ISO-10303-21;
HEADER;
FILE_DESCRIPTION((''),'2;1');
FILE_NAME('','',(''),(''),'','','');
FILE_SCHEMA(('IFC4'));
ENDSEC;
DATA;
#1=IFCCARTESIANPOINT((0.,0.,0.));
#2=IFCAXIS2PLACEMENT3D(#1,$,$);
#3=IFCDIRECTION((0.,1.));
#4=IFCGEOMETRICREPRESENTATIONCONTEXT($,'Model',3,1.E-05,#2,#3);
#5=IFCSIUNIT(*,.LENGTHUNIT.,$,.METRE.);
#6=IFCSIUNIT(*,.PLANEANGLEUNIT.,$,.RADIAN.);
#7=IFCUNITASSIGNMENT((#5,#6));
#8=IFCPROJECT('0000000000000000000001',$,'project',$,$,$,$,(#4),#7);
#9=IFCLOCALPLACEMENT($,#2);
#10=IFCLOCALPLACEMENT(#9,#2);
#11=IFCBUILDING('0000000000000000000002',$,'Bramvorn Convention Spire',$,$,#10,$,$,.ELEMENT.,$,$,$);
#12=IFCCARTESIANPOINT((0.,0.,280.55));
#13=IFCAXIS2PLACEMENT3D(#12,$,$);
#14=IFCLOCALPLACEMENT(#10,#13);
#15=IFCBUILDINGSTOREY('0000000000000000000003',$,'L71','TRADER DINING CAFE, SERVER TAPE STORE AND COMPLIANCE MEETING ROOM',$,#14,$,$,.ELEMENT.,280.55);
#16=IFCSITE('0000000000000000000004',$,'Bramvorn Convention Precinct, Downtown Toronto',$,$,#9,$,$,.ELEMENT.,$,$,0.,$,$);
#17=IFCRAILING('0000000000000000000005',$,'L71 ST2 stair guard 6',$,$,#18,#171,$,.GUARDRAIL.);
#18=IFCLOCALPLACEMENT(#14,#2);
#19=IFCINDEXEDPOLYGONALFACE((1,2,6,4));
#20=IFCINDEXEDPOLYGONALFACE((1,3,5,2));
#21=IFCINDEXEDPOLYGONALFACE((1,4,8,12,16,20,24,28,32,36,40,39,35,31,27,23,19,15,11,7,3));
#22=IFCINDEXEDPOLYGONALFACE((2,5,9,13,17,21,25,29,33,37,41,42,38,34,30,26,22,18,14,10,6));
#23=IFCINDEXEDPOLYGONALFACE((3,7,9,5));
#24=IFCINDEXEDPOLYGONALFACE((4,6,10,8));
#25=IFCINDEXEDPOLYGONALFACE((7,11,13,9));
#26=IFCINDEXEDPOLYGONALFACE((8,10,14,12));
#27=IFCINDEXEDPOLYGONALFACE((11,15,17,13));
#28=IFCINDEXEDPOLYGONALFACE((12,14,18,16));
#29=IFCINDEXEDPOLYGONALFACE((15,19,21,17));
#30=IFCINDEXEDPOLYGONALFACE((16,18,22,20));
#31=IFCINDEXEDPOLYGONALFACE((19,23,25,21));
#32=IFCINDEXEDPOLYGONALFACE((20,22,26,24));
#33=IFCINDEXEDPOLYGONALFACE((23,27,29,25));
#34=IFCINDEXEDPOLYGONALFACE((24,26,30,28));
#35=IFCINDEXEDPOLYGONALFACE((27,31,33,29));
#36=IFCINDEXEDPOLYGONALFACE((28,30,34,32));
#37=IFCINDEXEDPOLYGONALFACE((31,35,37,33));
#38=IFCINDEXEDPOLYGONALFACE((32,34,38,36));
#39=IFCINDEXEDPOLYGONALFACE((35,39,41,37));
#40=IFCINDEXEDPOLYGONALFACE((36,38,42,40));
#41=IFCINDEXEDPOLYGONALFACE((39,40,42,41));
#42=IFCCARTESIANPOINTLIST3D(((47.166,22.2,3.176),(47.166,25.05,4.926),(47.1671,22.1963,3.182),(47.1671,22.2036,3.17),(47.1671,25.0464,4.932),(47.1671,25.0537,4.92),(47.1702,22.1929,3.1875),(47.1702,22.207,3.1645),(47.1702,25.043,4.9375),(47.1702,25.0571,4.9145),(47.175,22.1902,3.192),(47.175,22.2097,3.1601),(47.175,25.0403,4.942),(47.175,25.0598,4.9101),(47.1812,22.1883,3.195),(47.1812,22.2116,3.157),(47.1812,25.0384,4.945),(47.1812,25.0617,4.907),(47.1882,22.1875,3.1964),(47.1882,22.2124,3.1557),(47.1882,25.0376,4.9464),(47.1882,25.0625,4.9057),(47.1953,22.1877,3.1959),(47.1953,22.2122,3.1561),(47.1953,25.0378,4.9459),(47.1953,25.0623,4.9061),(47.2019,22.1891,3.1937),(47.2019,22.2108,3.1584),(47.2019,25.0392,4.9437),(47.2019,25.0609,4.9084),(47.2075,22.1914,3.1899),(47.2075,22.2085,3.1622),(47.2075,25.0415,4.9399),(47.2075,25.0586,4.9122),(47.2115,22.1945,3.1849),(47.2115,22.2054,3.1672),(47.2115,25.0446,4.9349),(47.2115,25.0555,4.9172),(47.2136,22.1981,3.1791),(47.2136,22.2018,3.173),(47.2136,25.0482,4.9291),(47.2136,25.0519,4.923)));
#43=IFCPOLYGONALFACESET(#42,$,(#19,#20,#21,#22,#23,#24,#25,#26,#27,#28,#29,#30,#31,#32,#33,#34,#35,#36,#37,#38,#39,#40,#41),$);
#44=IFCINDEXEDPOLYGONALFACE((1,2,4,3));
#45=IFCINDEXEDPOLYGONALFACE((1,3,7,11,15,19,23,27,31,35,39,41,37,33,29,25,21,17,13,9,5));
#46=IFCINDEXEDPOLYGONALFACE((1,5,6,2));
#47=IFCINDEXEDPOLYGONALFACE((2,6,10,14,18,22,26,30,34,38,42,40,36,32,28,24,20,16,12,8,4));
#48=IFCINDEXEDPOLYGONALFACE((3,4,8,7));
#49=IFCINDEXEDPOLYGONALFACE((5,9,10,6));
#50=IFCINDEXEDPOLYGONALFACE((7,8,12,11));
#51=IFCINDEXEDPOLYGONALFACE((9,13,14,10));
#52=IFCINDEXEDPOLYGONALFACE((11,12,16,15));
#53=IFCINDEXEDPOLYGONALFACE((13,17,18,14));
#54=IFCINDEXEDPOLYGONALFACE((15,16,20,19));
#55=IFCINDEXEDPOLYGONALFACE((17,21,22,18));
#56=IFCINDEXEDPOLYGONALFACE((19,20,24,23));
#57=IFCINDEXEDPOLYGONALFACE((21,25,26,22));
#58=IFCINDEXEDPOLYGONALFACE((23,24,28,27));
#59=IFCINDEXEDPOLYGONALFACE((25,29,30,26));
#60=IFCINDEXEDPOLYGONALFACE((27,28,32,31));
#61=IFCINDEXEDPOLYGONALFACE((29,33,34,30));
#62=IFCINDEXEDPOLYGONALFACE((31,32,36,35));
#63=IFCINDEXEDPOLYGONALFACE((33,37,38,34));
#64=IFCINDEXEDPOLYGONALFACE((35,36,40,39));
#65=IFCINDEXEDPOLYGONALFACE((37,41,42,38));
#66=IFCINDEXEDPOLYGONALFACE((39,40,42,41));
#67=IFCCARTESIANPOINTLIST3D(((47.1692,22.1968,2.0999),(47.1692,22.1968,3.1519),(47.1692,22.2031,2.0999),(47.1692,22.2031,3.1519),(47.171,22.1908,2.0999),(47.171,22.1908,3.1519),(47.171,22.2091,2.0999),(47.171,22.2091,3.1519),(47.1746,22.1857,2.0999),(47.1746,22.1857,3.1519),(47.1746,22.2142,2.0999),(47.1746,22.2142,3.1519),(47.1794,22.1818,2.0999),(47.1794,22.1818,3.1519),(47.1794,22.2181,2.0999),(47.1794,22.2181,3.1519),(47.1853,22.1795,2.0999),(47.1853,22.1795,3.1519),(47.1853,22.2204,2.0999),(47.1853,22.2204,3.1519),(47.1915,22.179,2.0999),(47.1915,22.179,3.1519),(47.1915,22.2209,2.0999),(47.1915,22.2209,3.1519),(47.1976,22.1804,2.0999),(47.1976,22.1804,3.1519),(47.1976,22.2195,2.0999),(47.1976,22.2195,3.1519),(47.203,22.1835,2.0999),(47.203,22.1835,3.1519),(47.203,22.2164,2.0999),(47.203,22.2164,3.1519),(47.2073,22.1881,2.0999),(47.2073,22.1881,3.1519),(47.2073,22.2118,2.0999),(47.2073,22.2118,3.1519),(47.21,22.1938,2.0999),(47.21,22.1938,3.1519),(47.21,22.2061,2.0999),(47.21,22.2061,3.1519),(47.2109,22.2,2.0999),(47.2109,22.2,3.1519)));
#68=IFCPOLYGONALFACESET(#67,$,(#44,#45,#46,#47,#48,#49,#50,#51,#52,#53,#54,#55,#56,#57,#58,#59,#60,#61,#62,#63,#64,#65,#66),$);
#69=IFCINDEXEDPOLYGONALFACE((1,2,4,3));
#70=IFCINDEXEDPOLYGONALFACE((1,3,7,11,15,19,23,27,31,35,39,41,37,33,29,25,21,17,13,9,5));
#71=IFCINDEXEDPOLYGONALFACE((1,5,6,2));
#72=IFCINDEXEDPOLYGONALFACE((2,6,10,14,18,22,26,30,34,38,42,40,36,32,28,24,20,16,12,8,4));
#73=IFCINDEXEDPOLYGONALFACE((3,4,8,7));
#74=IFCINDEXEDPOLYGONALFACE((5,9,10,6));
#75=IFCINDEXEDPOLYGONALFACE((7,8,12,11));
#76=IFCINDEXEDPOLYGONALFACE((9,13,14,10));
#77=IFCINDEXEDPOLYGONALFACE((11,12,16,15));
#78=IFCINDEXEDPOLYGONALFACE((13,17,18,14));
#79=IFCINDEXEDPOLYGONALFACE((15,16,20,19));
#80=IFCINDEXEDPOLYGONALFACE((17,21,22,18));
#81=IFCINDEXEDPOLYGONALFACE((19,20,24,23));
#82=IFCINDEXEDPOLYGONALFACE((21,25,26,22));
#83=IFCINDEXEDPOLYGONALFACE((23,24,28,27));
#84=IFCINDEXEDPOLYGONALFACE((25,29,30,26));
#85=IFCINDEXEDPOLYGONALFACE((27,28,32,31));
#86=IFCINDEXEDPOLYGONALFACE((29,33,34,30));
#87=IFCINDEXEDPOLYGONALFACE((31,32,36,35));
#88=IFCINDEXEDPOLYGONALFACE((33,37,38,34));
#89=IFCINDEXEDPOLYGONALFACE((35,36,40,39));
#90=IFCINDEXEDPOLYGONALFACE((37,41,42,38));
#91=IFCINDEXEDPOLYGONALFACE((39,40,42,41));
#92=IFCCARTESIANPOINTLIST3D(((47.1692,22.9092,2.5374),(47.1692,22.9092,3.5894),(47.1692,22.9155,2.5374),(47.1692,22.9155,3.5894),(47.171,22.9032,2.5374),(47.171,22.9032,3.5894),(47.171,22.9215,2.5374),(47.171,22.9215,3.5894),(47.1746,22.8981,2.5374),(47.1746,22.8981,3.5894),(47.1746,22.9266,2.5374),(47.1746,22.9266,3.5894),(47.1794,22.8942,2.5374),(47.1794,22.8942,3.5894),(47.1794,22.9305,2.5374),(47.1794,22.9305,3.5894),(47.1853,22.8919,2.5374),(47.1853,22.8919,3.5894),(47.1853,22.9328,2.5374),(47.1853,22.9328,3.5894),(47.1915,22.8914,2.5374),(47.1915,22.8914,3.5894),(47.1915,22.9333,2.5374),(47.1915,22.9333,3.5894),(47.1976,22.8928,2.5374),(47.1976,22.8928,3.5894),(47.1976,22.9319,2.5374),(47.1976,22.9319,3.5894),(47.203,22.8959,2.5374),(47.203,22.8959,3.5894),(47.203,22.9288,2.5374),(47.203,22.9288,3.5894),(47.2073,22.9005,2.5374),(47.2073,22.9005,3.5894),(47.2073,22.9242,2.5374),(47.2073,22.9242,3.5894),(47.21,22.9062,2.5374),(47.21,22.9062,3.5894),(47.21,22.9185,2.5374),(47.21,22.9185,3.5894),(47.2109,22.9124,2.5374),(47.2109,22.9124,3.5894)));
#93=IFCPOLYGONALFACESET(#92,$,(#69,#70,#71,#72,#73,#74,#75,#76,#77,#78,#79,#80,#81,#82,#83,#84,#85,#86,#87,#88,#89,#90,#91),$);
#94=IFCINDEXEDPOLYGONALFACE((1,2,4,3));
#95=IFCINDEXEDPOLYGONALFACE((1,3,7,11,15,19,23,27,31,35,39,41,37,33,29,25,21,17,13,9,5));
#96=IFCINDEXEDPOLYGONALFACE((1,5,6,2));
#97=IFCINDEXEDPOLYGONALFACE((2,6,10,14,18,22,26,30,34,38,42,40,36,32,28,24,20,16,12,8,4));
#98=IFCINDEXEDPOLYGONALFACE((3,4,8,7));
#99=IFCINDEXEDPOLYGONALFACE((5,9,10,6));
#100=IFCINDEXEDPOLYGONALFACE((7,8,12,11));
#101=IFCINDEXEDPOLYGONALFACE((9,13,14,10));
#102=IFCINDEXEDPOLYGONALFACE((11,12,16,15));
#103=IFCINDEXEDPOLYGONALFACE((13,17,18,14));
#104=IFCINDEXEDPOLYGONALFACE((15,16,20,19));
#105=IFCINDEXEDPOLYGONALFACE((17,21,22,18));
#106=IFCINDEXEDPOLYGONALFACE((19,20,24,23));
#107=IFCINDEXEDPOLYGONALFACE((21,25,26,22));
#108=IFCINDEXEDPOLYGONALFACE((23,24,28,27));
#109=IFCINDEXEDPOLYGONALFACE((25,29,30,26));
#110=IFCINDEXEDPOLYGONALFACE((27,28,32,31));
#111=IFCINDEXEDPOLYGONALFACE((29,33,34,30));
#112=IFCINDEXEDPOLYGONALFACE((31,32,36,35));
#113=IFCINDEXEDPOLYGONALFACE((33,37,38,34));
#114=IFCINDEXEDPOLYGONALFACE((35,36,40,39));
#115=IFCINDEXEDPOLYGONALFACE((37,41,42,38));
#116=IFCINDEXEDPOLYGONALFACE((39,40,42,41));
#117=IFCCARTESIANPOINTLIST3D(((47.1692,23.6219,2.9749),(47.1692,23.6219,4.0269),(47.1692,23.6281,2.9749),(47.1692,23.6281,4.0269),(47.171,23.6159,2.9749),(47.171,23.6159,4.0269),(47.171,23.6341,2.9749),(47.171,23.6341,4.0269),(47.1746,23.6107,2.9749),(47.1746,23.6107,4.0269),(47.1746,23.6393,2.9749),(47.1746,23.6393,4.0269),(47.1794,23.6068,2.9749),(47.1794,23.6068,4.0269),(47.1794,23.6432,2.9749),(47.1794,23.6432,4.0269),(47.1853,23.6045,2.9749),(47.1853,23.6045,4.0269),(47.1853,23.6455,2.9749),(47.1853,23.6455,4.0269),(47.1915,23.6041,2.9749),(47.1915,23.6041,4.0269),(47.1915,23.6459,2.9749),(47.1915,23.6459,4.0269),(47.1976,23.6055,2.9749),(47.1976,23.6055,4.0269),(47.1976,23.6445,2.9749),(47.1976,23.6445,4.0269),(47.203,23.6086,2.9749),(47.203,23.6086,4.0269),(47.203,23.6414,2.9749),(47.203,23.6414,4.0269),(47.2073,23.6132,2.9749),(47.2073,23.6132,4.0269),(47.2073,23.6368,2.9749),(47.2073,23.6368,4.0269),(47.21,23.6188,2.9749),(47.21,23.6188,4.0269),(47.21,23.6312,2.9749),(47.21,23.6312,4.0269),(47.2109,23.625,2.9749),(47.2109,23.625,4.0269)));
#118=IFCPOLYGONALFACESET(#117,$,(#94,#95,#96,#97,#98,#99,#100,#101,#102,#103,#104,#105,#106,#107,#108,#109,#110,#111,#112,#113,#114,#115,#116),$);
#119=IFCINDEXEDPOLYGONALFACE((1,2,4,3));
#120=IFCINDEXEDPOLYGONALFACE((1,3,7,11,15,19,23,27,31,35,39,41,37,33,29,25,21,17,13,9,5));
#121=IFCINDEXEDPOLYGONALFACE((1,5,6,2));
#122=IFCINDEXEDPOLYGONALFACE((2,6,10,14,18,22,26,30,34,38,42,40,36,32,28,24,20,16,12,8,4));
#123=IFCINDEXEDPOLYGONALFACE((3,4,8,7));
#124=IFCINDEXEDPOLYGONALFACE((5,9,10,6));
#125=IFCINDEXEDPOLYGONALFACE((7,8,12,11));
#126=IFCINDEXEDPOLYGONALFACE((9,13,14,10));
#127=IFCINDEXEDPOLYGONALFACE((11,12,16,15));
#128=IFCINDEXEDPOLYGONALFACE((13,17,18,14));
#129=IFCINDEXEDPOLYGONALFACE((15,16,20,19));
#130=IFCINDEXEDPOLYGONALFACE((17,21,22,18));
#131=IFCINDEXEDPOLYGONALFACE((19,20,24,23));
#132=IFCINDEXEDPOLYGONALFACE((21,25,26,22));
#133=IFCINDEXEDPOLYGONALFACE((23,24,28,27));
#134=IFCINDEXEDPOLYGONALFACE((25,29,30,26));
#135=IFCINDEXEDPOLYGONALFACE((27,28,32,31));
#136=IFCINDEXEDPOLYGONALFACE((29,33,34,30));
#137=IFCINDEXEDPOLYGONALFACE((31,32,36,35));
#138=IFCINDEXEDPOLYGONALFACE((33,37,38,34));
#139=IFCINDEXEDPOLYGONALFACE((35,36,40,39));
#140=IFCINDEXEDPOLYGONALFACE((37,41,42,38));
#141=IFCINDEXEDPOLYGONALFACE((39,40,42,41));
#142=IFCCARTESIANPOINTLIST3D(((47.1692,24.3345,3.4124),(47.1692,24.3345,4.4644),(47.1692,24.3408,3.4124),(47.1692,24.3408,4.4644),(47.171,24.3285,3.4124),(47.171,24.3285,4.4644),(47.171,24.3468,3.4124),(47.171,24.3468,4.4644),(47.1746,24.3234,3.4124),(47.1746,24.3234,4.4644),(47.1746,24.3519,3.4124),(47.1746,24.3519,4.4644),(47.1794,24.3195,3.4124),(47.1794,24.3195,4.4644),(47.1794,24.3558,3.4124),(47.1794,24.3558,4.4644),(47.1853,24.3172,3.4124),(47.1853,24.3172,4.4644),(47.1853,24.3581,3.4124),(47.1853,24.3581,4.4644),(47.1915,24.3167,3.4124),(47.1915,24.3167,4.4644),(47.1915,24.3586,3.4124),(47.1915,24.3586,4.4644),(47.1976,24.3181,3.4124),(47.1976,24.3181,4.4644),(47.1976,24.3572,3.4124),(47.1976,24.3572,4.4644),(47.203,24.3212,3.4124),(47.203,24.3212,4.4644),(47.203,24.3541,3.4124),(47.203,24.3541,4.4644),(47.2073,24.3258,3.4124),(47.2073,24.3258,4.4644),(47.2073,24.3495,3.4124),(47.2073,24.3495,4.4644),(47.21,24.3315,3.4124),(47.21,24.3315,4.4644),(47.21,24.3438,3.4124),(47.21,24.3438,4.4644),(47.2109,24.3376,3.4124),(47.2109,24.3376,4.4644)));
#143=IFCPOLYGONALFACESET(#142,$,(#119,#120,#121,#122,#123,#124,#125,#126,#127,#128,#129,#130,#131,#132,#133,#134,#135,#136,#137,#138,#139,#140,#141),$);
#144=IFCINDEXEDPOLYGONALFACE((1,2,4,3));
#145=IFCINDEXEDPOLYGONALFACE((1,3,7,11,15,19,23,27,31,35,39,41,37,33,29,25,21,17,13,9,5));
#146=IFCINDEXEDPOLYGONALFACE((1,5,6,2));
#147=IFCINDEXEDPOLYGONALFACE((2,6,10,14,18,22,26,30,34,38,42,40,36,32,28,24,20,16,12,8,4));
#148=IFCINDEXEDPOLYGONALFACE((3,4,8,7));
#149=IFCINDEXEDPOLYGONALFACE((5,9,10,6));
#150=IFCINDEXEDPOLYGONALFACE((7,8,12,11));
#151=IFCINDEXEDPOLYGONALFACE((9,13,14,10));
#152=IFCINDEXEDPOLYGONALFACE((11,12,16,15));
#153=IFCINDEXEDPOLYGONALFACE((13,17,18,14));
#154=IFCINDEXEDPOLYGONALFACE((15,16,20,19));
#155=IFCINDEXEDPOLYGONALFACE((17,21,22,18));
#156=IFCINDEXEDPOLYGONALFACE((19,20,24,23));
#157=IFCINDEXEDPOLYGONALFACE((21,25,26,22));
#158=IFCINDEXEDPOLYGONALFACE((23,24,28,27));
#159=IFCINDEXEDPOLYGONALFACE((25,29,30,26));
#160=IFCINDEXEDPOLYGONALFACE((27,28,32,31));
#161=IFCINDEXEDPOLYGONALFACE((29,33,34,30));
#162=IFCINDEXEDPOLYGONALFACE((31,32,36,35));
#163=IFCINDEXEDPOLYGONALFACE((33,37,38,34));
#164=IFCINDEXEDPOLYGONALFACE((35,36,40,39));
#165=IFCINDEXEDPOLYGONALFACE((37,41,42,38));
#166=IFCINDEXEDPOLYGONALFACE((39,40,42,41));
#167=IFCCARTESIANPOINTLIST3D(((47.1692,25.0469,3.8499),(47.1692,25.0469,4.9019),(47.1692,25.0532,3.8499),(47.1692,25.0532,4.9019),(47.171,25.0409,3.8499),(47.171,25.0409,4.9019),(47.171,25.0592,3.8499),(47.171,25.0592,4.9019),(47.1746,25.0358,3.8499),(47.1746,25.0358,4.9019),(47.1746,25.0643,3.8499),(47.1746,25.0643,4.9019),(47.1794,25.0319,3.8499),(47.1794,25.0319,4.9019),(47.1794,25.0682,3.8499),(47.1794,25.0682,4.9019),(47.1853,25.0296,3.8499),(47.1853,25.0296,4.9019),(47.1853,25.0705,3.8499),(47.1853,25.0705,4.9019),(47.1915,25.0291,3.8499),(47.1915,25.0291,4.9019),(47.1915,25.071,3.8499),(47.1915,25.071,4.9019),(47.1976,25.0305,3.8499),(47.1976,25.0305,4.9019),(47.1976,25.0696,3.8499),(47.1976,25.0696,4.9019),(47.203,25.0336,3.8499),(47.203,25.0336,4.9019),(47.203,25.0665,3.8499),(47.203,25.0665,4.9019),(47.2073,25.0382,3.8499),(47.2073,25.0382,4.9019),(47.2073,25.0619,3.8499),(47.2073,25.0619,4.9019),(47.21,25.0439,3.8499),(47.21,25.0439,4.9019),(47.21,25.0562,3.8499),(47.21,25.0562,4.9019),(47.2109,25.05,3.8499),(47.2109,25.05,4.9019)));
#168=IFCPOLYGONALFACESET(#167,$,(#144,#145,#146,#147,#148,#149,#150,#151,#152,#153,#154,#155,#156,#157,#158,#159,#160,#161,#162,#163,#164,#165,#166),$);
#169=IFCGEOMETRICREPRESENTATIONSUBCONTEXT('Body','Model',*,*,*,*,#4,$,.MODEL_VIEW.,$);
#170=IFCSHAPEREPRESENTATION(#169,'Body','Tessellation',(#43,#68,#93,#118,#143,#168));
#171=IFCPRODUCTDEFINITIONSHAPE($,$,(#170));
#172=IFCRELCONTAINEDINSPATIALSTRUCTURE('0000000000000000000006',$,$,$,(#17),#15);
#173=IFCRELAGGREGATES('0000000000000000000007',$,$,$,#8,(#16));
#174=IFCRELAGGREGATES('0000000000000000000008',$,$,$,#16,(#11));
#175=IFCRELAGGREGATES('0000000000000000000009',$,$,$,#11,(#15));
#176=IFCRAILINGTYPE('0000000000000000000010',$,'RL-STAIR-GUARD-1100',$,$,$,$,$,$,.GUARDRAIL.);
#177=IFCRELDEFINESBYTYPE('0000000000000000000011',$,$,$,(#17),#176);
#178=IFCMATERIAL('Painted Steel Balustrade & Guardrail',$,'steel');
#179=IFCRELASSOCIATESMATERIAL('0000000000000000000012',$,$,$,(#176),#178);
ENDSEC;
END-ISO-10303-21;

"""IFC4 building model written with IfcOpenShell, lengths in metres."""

from ifc_helpers import new_model, si_unit, direction, frame, origin, origin_2d, place, context, subcontext, project, spatial, circle, extrude, material, type_object, element, save


model = new_model("IFC4")

# Units and contexts
model_context = context("Model", 3, precision=1e-05, world=origin(), true_north=direction((0.0, 1.0)))
body_context = subcontext(model_context, "Body", "Model", "MODEL_VIEW")
ifc_project = project(units=[si_unit("LENGTHUNIT", "METRE"), si_unit("PLANEANGLEUNIT", "RADIAN")], contexts=[model_context])

# Site, building, storey
site_placement = place(None, origin())
site = spatial("IfcSite", under=ifc_project, at=site_placement, Name="Bramvorn Convention Precinct, Downtown Toronto", CompositionType="ELEMENT", RefElevation=0.0)
building_placement = place(site_placement, origin())
building = spatial("IfcBuilding", under=site, at=building_placement, Name="Bramvorn Convention Spire", CompositionType="ELEMENT")
storey_placement = place(building_placement, frame((0.0, 0.0, 280.55)))
storey = spatial("IfcBuildingStorey", under=building, at=storey_placement, Name="L71", Description="TRADER DINING CAFE, SERVER TAPE STORE AND COMPLIANCE MEETING ROOM", CompositionType="ELEMENT", Elevation=280.55)

# Railing
ifc_material_1 = material(Name="Painted Steel Balustrade & Guardrail", Category="steel")
railing_type = type_object("IfcRailingType", Name="RL-STAIR-GUARD-1100", PredefinedType="GUARDRAIL", material=ifc_material_1)
railing_1_placement = place(storey_placement, frame((47.1899, 22.2, 2.0999)))
element("IfcRailing", 1, at=railing_1_placement, inside=storey, type_object=railing_type, Name="L71 ST2 stair guard 6", PredefinedType="GUARDRAIL", context=body_context, shape_type="SweptSolid", body=[
    extrude(circle(Radius=0.0239, at=origin_2d()), frame((0.0, 0.0, 1.0762), z_axis=(0.0, 0.852179, 0.52325), x_axis=(-1.0, 0.0, 0.0)), (0.0, 0.0, 1.0), 3.3445),
    extrude(circle(Radius=0.021, at=origin_2d()), origin(), (0.0, 0.0, 1.0), 1.052),
    extrude(circle(Radius=0.021, at=origin_2d()), frame((0.0, 0.7124, 0.4375)), (0.0, 0.0, 1.0), 1.052),
    extrude(circle(Radius=0.021, at=origin_2d()), frame((0.0, 1.425, 0.875)), (0.0, 0.0, 1.0), 1.052),
    extrude(circle(Radius=0.021, at=origin_2d()), frame((0.0, 2.1377, 1.3125)), (0.0, 0.0, 1.0), 1.052),
    extrude(circle(Radius=0.021, at=origin_2d()), frame((0.0, 2.8501, 1.75)), (0.0, 0.0, 1.0), 1.052),
])

save(model, "model.ifc")
